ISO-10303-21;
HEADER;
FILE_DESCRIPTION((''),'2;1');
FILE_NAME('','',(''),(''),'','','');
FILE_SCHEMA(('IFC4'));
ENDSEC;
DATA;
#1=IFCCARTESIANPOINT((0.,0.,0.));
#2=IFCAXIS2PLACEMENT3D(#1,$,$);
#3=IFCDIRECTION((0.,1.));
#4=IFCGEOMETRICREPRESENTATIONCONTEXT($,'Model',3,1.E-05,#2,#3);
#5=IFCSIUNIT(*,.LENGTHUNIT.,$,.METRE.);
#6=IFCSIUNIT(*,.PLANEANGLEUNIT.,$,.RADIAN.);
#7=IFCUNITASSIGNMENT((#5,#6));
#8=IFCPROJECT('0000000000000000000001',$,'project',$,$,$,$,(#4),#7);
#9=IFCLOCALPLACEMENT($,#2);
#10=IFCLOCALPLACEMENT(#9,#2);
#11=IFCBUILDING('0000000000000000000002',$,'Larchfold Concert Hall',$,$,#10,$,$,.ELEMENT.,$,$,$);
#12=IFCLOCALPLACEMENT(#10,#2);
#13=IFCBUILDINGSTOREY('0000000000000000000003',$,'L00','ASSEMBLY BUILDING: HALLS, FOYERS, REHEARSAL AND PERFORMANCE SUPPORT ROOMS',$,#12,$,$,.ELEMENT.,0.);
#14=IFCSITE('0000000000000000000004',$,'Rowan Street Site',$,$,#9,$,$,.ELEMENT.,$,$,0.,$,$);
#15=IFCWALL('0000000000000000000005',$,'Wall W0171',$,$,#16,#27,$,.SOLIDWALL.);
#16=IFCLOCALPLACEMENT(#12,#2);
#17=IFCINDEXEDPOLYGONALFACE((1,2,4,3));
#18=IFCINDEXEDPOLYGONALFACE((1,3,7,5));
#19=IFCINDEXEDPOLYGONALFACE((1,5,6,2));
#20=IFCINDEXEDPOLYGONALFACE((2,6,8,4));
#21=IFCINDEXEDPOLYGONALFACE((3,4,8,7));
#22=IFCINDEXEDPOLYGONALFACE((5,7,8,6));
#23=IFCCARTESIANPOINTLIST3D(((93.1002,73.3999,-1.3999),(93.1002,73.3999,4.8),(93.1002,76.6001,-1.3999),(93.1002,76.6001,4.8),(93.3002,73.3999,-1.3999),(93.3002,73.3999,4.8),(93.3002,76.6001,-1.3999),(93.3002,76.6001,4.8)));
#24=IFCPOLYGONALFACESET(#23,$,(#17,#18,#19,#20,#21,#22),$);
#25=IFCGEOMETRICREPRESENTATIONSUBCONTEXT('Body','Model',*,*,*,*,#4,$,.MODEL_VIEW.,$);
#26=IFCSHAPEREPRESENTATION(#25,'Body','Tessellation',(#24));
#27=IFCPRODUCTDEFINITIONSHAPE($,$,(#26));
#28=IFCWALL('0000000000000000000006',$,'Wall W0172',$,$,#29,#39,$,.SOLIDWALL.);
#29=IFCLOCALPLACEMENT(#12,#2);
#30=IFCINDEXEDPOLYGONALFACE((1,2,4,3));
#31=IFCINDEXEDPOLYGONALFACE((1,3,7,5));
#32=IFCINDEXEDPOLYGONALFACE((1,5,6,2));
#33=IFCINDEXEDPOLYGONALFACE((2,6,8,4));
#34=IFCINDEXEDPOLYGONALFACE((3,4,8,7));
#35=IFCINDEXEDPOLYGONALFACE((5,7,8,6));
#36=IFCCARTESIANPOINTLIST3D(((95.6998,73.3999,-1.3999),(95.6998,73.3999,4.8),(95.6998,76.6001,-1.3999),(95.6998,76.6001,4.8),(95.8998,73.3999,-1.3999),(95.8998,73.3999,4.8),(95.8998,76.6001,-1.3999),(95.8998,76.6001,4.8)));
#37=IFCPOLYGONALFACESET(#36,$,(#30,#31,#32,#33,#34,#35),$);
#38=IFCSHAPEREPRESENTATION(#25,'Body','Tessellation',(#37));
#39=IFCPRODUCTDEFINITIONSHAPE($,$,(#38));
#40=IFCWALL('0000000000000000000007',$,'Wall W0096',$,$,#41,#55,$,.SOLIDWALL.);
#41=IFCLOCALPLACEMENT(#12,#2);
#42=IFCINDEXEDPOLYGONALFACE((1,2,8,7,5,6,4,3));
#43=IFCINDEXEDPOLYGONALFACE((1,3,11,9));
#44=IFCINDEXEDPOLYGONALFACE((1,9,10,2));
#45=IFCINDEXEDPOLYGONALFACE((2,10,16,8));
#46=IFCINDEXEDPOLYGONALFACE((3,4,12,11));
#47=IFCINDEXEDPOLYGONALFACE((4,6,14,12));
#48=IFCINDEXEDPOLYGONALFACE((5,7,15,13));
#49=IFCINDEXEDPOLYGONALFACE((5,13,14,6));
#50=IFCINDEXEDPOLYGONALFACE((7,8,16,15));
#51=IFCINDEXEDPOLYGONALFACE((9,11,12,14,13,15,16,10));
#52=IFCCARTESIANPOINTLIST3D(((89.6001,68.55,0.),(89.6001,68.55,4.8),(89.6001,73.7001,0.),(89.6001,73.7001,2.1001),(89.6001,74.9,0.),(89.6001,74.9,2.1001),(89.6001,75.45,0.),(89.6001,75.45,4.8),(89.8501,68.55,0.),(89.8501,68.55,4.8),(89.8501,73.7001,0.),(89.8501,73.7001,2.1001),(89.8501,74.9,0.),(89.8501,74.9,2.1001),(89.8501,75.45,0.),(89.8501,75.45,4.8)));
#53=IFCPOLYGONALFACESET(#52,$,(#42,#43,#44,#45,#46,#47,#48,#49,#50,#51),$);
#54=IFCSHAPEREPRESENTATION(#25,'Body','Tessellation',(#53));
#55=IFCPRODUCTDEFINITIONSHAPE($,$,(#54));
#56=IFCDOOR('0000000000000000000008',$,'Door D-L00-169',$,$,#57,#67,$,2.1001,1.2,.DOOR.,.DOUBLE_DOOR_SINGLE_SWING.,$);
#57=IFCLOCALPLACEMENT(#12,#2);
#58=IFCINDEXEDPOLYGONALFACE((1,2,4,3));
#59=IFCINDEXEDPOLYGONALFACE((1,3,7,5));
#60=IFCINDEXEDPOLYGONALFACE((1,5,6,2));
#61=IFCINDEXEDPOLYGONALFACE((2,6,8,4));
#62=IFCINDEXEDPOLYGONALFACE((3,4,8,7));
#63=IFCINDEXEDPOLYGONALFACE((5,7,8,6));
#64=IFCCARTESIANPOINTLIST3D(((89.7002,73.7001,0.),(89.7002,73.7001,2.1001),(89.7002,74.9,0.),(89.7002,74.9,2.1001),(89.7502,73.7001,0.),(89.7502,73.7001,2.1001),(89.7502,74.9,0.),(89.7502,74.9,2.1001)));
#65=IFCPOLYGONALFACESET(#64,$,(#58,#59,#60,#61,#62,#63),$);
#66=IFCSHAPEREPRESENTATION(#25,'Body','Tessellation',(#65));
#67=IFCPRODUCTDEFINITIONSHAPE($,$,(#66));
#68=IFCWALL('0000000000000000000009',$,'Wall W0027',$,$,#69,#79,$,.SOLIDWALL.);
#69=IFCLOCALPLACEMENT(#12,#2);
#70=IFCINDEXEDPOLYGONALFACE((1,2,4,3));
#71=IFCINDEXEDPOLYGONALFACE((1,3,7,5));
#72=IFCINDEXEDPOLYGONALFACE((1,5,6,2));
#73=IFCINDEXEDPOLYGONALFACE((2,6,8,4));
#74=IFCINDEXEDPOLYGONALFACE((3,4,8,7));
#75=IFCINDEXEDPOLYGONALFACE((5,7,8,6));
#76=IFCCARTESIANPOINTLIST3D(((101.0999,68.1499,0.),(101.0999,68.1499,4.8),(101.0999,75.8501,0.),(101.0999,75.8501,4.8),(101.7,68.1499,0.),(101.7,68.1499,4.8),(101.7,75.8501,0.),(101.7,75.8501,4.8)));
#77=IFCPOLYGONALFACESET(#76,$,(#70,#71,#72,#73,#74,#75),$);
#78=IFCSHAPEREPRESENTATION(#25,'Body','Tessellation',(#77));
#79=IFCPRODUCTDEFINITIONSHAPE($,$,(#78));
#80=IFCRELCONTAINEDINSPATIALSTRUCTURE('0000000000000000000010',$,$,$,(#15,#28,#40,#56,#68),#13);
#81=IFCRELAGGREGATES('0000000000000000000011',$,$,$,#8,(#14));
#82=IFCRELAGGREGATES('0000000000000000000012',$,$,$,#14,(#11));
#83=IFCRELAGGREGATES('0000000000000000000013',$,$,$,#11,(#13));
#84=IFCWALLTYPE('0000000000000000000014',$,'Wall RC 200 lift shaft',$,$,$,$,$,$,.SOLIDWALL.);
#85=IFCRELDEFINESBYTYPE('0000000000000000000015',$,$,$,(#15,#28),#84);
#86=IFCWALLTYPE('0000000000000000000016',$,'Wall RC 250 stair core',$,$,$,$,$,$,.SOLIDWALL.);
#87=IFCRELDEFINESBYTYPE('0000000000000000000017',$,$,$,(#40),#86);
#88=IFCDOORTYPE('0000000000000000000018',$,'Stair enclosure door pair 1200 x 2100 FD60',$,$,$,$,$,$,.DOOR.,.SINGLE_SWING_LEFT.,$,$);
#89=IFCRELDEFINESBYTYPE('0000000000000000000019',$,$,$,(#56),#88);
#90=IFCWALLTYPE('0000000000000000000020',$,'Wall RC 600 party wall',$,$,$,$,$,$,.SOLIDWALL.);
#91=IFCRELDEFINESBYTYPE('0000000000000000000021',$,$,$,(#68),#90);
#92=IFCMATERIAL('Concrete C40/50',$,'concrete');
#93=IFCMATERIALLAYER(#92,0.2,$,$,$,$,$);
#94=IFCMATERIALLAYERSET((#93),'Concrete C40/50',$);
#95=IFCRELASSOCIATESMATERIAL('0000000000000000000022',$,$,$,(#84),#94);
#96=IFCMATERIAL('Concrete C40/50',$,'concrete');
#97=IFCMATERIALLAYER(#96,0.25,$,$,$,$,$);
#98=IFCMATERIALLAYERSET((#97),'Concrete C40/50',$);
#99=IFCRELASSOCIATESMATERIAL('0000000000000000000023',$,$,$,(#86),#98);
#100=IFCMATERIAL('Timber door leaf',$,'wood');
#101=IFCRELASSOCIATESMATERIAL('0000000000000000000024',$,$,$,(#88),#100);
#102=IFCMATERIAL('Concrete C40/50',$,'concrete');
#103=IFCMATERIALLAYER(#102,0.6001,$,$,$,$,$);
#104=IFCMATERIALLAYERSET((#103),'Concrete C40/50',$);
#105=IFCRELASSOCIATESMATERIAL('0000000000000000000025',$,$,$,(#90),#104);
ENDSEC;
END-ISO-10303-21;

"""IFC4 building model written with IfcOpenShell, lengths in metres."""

from ifc_helpers import new_model, si_unit, direction, frame, frame_2d, origin, place, context, subcontext, project, spatial, rectangle, extrude, material, layer, layer_set, type_object, element, fill, save


model = new_model("IFC4")

# Units and contexts
model_context = context("Model", 3, precision=1e-05, world=origin(), true_north=direction((0.0, 1.0)))
body_context = subcontext(model_context, "Body", "Model", "MODEL_VIEW")
ifc_project = project(units=[si_unit("LENGTHUNIT", "METRE"), si_unit("PLANEANGLEUNIT", "RADIAN")], contexts=[model_context])

# Site, building, storey
site_placement = place(None, origin())
site = spatial("IfcSite", under=ifc_project, at=site_placement, Name="Rowan Street Site", CompositionType="ELEMENT", RefElevation=0.0)
building_placement = place(site_placement, origin())
building = spatial("IfcBuilding", under=site, at=building_placement, Name="Larchfold Concert Hall", CompositionType="ELEMENT")
storey_placement = place(building_placement, origin())
storey = spatial("IfcBuildingStorey", under=building, at=storey_placement, Name="L00", Description="ASSEMBLY BUILDING: HALLS, FOYERS, REHEARSAL AND PERFORMANCE SUPPORT ROOMS", CompositionType="ELEMENT", Elevation=0.0)

# Walls
ifc_material_1 = material(Name="Concrete C40/50", Category="concrete")
ifc_layer_1 = layer(ifc_material_1, 0.2)
ifc_layer_set_1 = layer_set([ifc_layer_1], Name="Concrete C40/50")
wall_type_1 = type_object("IfcWallType", Name="Wall RC 200 lift shaft", PredefinedType="SOLIDWALL", material=ifc_layer_set_1)
for number, where, z_axis, x_axis, name in (
    (1, (93.2002, 73.3999, -1.3999), (0.0, 0.0, 1.0), (0.0, 1.0, 0.0), "Wall W0171"),
    (2, (95.7998, 73.3999, -1.3999), (0.0, 0.0, 1.0), (0.0, 1.0, 0.0), "Wall W0172"),
):
    element("IfcWall", number, at=place(storey_placement, frame(where, z_axis=z_axis, x_axis=x_axis)), inside=storey, type_object=wall_type_1, Name=name, PredefinedType="SOLIDWALL", context=body_context, shape_type="SweptSolid", body=[
        extrude(rectangle(XDim=3.2002, YDim=0.2, at=frame_2d((1.6001, 0.0))), origin(), (0.0, 0.0, 1.0), 6.2),
    ])

# Wall, opening, door
ifc_material_2 = material(Name="Concrete C40/50", Category="concrete")
ifc_layer_2 = layer(ifc_material_2, 0.25)
ifc_layer_set_2 = layer_set([ifc_layer_2], Name="Concrete C40/50")
wall_type_2 = type_object("IfcWallType", Name="Wall RC 250 stair core", PredefinedType="SOLIDWALL", material=ifc_layer_set_2)
wall_1_placement = place(storey_placement, frame((89.7251, 68.55, 0.0), z_axis=(0.0, 0.0, 1.0), x_axis=(0.0, 1.0, 0.0)))
wall_1 = element("IfcWall", 3, at=wall_1_placement, inside=storey, type_object=wall_type_2, Name="Wall W0096", PredefinedType="SOLIDWALL", context=body_context, shape_type="SweptSolid", body=[
    extrude(rectangle(XDim=6.8999, YDim=0.25, at=frame_2d((3.45, 0.0))), origin(), (0.0, 0.0, 1.0), 4.8),
])
opening_1_placement = place(wall_1_placement, frame((5.1499, 0.0, 0.0)))
opening_1 = element("IfcOpeningElement", 4, at=opening_1_placement, cuts=wall_1, PredefinedType="OPENING", context=body_context, shape_type="SweptSolid", body=[
    extrude(rectangle(XDim=1.2, YDim=2.1001, at=frame_2d((0.6001, 1.05))), frame((0.0, 0.135, 0.0), z_axis=(0.0, -1.0, 0.0), x_axis=(1.0, 0.0, 0.0)), (0.0, 0.0, 1.0), 0.27),
])
ifc_material_3 = material(Name="Timber door leaf", Category="wood")
door_type = type_object("IfcDoorType", Name="Stair enclosure door pair 1200 x 2100 FD60", OperationType="SINGLE_SWING_LEFT", PredefinedType="DOOR", material=ifc_material_3)
door_placement = place(opening_1_placement, origin())
door = element("IfcDoor", 5, at=door_placement, inside=storey, type_object=door_type, Name="Door D-L00-169", OperationType="DOUBLE_DOOR_SINGLE_SWING", OverallHeight=2.1001, OverallWidth=1.2, PredefinedType="DOOR", context=body_context, shape_type="SweptSolid", body=[
    extrude(rectangle(XDim=1.2, YDim=2.1001, at=frame_2d((0.6001, 1.05))), frame((0.0, 0.0249, 0.0), z_axis=(0.0, -1.0, 0.0), x_axis=(1.0, 0.0, 0.0)), (0.0, 0.0, 1.0), 0.05),
])
fill(opening_1, door)

# Wall
ifc_material_4 = material(Name="Concrete C40/50", Category="concrete")
ifc_layer_3 = layer(ifc_material_4, 0.6001)
ifc_layer_set_3 = layer_set([ifc_layer_3], Name="Concrete C40/50")
wall_type_3 = type_object("IfcWallType", Name="Wall RC 600 party wall", PredefinedType="SOLIDWALL", material=ifc_layer_set_3)
wall_2_placement = place(storey_placement, frame((101.3999, 68.1499, 0.0), z_axis=(0.0, 0.0, 1.0), x_axis=(0.0, 1.0, 0.0)))
element("IfcWall", 6, at=wall_2_placement, inside=storey, type_object=wall_type_3, Name="Wall W0027", PredefinedType="SOLIDWALL", context=body_context, shape_type="SweptSolid", body=[
    extrude(rectangle(XDim=7.7002, YDim=0.6001, at=frame_2d((3.8501, 0.0))), origin(), (0.0, 0.0, 1.0), 4.8),
])

save(model, "model.ifc")
